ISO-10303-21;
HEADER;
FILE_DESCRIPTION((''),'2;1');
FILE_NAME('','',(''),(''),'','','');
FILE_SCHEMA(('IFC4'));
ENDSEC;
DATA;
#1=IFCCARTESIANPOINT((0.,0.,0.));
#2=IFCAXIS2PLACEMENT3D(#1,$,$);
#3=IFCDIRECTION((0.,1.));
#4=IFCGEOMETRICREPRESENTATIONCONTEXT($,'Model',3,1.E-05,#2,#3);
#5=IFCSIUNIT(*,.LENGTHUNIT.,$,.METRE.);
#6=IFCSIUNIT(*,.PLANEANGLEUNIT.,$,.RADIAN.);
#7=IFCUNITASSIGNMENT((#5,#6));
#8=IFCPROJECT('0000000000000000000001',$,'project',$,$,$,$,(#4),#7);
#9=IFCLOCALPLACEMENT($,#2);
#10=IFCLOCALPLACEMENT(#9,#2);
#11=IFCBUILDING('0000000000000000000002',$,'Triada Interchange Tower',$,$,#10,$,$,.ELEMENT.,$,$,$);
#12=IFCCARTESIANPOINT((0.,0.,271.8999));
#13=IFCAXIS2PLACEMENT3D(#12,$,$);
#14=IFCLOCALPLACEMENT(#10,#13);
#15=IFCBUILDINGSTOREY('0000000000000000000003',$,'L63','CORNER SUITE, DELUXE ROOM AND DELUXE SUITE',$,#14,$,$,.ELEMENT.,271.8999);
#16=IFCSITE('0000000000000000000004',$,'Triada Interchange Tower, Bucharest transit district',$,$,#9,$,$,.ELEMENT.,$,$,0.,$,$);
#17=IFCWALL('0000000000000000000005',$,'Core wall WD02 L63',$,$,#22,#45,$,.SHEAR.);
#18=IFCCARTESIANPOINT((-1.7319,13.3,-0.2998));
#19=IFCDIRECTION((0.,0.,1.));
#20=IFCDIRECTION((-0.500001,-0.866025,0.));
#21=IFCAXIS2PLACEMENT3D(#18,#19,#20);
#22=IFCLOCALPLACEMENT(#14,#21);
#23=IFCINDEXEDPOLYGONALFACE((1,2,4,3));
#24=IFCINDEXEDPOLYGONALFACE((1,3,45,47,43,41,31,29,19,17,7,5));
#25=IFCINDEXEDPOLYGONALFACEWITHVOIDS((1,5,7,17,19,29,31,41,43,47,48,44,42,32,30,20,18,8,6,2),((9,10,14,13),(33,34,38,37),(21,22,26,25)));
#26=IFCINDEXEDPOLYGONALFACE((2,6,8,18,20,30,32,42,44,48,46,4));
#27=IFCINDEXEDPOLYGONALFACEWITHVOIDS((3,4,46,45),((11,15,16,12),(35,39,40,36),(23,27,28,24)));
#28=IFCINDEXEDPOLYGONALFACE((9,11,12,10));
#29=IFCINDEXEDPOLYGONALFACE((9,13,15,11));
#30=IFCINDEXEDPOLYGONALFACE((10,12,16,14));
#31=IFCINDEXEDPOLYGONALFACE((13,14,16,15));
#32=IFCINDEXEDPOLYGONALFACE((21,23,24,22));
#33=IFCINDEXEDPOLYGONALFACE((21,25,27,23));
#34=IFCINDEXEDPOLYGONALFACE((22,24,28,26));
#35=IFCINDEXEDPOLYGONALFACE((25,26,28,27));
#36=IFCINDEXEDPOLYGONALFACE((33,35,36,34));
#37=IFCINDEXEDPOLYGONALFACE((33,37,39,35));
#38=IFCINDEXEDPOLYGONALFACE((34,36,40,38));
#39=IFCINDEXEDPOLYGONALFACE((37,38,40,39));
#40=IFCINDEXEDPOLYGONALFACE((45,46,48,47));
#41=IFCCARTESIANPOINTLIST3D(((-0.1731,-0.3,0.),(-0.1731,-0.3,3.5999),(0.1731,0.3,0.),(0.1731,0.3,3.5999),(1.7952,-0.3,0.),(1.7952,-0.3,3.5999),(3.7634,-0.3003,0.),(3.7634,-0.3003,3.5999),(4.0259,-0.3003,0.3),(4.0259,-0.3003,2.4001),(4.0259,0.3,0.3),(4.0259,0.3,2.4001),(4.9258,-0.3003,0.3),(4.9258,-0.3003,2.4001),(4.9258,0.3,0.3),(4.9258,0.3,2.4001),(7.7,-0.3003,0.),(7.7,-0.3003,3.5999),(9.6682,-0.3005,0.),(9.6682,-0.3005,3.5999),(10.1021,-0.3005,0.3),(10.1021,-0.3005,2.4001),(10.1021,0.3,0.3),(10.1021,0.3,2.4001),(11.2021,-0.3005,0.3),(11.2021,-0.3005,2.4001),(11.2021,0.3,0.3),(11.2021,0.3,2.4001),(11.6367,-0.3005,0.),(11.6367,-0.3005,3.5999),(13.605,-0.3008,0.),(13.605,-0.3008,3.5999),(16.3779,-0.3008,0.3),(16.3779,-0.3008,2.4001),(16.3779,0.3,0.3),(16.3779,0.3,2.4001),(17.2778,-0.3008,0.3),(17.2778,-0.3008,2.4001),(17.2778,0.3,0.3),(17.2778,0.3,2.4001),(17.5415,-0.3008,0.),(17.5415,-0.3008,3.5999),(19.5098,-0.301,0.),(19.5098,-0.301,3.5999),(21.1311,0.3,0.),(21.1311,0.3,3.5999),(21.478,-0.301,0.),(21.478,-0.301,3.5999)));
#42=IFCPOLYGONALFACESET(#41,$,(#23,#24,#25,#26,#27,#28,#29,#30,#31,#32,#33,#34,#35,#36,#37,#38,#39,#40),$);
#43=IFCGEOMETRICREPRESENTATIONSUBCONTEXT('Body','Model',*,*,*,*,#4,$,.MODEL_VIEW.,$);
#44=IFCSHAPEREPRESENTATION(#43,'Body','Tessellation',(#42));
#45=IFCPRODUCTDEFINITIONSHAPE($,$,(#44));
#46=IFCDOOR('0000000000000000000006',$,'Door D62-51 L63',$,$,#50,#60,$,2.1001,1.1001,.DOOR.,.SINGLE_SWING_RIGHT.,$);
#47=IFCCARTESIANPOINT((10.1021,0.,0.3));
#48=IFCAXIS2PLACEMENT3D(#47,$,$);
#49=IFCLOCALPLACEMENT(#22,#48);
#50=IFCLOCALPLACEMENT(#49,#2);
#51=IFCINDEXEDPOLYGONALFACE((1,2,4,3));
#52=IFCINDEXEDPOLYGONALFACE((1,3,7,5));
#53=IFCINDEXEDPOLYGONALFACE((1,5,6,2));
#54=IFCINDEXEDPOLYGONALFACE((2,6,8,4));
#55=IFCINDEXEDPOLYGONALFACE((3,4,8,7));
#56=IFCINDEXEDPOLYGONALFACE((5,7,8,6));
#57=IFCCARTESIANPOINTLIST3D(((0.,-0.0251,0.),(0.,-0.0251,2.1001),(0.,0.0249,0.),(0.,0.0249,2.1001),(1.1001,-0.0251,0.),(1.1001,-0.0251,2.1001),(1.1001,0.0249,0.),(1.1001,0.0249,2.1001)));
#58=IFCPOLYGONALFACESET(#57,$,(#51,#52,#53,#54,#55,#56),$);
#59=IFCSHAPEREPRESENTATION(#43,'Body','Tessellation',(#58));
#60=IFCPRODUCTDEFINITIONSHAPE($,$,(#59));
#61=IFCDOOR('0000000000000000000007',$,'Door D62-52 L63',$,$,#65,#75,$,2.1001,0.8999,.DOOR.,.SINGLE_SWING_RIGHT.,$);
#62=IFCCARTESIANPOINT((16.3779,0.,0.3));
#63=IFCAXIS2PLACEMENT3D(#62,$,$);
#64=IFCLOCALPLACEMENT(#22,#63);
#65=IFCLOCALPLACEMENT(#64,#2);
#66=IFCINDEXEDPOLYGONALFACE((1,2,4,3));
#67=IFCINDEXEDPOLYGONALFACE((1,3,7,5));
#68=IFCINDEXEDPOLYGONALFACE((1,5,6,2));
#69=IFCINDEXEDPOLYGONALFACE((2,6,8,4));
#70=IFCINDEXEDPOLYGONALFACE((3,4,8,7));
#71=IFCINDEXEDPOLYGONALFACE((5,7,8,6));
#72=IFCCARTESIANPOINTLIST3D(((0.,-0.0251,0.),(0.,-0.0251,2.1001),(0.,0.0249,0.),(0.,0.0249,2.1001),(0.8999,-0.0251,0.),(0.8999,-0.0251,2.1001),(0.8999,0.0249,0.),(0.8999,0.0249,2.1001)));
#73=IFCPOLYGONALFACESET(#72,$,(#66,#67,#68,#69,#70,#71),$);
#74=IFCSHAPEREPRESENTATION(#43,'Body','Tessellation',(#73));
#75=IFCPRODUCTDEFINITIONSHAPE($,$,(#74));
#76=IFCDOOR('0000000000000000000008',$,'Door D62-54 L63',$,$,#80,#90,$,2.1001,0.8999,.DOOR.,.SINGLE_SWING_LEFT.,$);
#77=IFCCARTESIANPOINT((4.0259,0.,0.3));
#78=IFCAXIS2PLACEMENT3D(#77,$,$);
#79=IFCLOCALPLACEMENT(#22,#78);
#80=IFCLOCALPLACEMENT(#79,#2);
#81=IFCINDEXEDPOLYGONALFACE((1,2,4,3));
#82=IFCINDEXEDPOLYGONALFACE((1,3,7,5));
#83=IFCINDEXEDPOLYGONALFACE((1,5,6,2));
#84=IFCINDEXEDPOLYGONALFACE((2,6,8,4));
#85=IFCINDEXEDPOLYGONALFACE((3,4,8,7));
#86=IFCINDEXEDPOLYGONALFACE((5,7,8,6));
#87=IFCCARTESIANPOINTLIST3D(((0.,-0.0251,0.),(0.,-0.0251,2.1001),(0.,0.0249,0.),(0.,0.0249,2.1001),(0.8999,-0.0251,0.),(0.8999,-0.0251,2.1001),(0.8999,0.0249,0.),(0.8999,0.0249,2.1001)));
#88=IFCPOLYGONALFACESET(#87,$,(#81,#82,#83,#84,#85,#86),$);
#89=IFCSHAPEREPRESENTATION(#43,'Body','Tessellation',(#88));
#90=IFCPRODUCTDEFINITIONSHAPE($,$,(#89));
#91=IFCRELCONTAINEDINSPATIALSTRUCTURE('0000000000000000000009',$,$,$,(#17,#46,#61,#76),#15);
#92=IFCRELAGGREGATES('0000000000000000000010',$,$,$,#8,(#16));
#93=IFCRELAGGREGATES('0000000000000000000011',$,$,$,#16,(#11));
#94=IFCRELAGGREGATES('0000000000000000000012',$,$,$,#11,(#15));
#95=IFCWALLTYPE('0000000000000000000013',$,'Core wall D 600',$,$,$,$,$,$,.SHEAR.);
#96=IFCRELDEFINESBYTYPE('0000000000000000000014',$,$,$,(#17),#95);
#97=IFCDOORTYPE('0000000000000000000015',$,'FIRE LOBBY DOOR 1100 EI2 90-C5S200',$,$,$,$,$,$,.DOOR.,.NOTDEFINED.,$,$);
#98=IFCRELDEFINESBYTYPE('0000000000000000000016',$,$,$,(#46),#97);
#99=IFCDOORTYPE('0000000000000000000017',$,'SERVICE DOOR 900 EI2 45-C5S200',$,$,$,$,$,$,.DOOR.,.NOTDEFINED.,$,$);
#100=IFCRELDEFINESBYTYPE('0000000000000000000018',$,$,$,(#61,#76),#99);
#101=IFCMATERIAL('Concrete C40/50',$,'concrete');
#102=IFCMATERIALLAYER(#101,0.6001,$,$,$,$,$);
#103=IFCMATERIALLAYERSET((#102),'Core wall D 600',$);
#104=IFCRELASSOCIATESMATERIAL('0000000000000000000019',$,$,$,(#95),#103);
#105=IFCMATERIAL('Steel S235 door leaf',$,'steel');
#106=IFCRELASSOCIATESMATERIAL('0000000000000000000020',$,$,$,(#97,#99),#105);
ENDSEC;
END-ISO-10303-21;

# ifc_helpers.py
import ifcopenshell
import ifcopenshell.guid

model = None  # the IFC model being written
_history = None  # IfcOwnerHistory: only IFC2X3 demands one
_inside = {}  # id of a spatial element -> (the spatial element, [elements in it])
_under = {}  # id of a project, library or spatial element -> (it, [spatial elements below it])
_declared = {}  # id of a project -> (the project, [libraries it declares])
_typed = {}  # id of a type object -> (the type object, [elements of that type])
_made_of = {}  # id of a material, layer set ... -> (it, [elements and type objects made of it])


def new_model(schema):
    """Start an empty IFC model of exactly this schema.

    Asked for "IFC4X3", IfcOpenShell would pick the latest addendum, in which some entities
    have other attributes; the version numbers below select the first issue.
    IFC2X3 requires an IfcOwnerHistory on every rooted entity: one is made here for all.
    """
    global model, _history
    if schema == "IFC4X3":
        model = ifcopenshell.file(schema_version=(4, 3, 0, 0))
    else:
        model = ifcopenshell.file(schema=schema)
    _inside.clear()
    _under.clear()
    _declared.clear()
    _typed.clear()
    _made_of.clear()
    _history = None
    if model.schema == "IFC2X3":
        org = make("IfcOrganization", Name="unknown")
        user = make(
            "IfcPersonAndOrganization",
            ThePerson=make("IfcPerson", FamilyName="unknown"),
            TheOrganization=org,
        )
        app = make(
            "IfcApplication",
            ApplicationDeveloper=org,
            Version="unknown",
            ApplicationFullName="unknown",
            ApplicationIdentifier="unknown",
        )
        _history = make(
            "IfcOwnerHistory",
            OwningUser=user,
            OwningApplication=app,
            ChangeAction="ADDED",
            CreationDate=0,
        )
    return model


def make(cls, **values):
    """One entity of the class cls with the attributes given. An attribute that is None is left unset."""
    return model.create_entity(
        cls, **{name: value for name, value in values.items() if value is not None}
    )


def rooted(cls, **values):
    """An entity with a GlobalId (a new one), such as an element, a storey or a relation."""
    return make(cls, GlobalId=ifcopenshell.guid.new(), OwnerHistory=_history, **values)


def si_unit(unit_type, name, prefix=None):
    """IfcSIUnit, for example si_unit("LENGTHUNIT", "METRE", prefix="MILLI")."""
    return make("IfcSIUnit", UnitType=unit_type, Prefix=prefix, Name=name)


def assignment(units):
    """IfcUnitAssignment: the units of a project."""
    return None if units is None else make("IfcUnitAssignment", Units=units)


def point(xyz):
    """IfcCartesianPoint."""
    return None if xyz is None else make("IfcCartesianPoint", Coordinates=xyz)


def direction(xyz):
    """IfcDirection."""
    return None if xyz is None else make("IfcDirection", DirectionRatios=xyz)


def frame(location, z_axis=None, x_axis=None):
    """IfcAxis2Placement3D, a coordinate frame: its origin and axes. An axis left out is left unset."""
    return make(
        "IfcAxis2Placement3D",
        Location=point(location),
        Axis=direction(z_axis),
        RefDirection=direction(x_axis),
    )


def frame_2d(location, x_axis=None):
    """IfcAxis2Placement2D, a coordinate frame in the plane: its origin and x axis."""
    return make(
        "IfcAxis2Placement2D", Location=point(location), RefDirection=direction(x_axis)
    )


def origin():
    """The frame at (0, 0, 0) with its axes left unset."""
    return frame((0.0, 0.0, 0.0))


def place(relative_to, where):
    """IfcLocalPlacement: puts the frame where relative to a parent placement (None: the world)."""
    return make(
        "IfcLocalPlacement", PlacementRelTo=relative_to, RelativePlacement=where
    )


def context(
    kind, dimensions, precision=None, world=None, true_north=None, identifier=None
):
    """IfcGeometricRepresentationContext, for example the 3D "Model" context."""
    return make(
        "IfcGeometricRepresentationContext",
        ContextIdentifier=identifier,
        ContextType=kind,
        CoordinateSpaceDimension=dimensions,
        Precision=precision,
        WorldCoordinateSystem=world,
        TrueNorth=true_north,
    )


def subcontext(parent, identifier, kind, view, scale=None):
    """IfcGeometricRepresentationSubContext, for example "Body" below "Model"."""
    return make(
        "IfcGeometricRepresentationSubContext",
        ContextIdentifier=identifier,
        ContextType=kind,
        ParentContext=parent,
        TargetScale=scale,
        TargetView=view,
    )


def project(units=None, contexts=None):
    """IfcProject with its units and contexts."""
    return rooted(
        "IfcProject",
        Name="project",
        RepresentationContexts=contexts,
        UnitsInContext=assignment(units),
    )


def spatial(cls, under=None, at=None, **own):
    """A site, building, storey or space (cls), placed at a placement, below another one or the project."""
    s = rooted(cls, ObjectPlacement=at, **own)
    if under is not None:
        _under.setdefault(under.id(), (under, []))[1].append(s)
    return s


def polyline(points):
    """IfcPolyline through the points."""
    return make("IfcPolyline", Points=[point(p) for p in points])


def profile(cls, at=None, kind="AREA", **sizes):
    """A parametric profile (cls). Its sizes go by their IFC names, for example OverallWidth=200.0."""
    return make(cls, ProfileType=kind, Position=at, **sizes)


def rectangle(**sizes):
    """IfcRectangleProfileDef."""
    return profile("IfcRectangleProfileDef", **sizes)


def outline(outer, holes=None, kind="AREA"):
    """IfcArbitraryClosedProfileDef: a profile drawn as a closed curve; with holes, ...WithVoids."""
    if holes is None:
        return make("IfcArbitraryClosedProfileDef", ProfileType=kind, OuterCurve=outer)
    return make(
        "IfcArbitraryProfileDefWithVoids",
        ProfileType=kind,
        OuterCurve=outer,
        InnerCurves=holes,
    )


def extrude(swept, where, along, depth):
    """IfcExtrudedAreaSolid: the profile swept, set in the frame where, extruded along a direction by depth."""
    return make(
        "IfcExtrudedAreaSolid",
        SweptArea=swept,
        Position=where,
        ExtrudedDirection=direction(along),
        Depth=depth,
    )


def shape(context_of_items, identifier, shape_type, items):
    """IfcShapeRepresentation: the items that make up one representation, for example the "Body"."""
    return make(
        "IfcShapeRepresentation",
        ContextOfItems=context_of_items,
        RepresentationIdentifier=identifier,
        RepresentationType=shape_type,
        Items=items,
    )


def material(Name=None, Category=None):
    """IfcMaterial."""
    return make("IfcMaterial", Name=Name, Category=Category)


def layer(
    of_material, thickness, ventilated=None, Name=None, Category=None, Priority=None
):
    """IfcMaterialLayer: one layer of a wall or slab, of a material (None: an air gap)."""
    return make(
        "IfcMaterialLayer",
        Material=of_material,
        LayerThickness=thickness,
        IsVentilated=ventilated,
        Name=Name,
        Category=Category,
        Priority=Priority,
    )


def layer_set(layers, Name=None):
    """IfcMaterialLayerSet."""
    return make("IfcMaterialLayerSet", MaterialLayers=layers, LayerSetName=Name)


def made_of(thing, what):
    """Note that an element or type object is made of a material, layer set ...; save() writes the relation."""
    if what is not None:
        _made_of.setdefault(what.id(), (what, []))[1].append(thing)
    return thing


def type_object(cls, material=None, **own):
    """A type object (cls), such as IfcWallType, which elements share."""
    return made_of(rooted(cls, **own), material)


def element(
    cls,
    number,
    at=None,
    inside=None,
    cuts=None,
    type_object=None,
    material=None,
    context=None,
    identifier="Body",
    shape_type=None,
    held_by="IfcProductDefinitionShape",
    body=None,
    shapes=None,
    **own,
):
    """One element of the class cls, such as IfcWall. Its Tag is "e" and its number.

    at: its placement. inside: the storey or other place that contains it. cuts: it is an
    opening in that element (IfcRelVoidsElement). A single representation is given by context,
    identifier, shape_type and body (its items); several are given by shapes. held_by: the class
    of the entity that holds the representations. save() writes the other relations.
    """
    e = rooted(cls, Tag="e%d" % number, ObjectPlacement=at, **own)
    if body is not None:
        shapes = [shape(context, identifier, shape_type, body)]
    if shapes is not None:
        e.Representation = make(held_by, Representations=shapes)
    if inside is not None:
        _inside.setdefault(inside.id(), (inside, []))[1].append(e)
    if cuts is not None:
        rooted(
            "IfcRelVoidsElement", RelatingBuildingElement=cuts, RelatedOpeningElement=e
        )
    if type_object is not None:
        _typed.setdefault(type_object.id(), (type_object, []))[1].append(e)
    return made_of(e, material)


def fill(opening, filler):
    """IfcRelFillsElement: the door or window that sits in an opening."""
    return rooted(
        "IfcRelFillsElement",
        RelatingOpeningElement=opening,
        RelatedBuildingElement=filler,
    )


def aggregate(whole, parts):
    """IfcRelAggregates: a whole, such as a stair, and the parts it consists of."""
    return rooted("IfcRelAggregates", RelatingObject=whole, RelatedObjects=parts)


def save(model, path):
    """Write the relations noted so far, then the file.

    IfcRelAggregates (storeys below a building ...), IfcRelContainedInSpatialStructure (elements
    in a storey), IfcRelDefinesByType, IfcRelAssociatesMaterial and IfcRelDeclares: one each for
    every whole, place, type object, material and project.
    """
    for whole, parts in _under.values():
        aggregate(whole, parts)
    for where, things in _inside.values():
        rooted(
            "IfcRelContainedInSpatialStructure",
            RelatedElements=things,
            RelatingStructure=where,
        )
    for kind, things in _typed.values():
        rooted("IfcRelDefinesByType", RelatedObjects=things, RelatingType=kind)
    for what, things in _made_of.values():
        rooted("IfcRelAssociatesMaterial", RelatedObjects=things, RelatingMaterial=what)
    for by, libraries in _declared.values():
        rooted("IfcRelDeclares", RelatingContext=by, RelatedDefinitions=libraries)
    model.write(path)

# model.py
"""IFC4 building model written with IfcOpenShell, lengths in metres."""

from ifc_helpers import new_model, si_unit, direction, frame, frame_2d, origin, place, context, subcontext, project, spatial, polyline, rectangle, outline, extrude, material, layer, layer_set, type_object, element, fill, save


model = new_model("IFC4")

# Units and contexts
model_context = context("Model", 3, precision=1e-05, world=origin(), true_north=direction((0.0, 1.0)))
body_context = subcontext(model_context, "Body", "Model", "MODEL_VIEW")
ifc_project = project(units=[si_unit("LENGTHUNIT", "METRE"), si_unit("PLANEANGLEUNIT", "RADIAN")], contexts=[model_context])

# Site, building, storey
site_placement = place(None, origin())
site = spatial("IfcSite", under=ifc_project, at=site_placement, Name="Triada Interchange Tower, Bucharest transit district", CompositionType="ELEMENT", RefElevation=0.0)
building_placement = place(site_placement, origin())
building = spatial("IfcBuilding", under=site, at=building_placement, Name="Triada Interchange Tower", CompositionType="ELEMENT")
storey_placement = place(building_placement, frame((0.0, 0.0, 271.8999)))
storey = spatial("IfcBuildingStorey", under=building, at=storey_placement, Name="L63", Description="CORNER SUITE, DELUXE ROOM AND DELUXE SUITE", CompositionType="ELEMENT", Elevation=271.8999)

# Shared definitions
ifc_material_1 = material(Name="Concrete C40/50", Category="concrete")

# Wall, openings, doors
ifc_layer_1 = layer(ifc_material_1, 0.6001)
ifc_layer_set_1 = layer_set([ifc_layer_1], Name="Core wall D 600")
wall_type_1 = type_object("IfcWallType", Name="Core wall D 600", PredefinedType="SHEAR", material=ifc_layer_set_1)
wall_1_placement = place(storey_placement, frame((-1.7319, 13.3, -0.2998), z_axis=(0.0, 0.0, 1.0), x_axis=(-0.500001, -0.866025, 0.0)))
wall_1 = element("IfcWall", 1, at=wall_1_placement, inside=storey, type_object=wall_type_1, Name="Core wall WD02 L63", PredefinedType="SHEAR", context=body_context, shape_type="SweptSolid", body=[
    extrude(outline(polyline([(-0.1731, -0.3), (1.7952, -0.3), (3.7634, -0.3003), (5.7317, -0.3003), (7.7, -0.3003), (9.6682, -0.3005), (11.6367, -0.3005), (13.605, -0.3008), (15.5732, -0.3008), (17.5415, -0.3008), (19.5098, -0.301), (21.478, -0.301), (21.1311, 0.3), (19.2258, 0.3), (17.3206, 0.3), (15.4153, 0.3), (13.51, 0.3), (11.6047, 0.3), (9.6995, 0.3), (7.7942, 0.3), (5.8889, 0.3), (3.9836, 0.3), (2.0784, 0.3), (0.1731, 0.3), (-0.1731, -0.3)])), origin(), (0.0, 0.0, 1.0), 3.5999),
])
opening_1_placement = place(wall_1_placement, frame((10.1021, 0.0, 0.3)))
opening_1 = element("IfcOpeningElement", 2, at=opening_1_placement, cuts=wall_1, PredefinedType="OPENING", context=body_context, shape_type="SweptSolid", body=[
    extrude(rectangle(XDim=1.1001, YDim=2.1001, at=frame_2d((0.55, 1.05))), frame((0.0, 0.3101, 0.0), z_axis=(0.0, -1.0, 0.0), x_axis=(1.0, 0.0, 0.0)), (0.0, 0.0, 1.0), 0.6211),
])
opening_2_placement = place(wall_1_placement, frame((16.3779, 0.0, 0.3)))
opening_2 = element("IfcOpeningElement", 3, at=opening_2_placement, cuts=wall_1, PredefinedType="OPENING", context=body_context, shape_type="SweptSolid", body=[
    extrude(rectangle(XDim=0.8999, YDim=2.1001, at=frame_2d((0.45, 1.05))), frame((0.0, 0.3101, 0.0), z_axis=(0.0, -1.0, 0.0), x_axis=(1.0, 0.0, 0.0)), (0.0, 0.0, 1.0), 0.6211),
])
opening_3_placement = place(wall_1_placement, frame((4.0259, 0.0, 0.3)))
opening_3 = element("IfcOpeningElement", 4, at=opening_3_placement, cuts=wall_1, PredefinedType="OPENING", context=body_context, shape_type="SweptSolid", body=[
    extrude(rectangle(XDim=0.8999, YDim=2.1001, at=frame_2d((0.45, 1.05))), frame((0.0, 0.3101, 0.0), z_axis=(0.0, -1.0, 0.0), x_axis=(1.0, 0.0, 0.0)), (0.0, 0.0, 1.0), 0.6211),
])
ifc_material_2 = material(Name="Steel S235 door leaf", Category="steel")
door_type_1 = type_object("IfcDoorType", Name="FIRE LOBBY DOOR 1100 EI2 90-C5S200", OperationType="NOTDEFINED", PredefinedType="DOOR", material=ifc_material_2)
door_1_placement = place(opening_1_placement, origin())
door_1 = element("IfcDoor", 5, at=door_1_placement, inside=storey, type_object=door_type_1, Name="Door D62-51 L63", OperationType="SINGLE_SWING_RIGHT", OverallHeight=2.1001, OverallWidth=1.1001, PredefinedType="DOOR", context=body_context, shape_type="SweptSolid", body=[
    extrude(rectangle(XDim=1.1001, YDim=2.1001, at=frame_2d((0.55, 1.05))), frame((0.0, 0.0249, 0.0), z_axis=(0.0, -1.0, 0.0), x_axis=(1.0, 0.0, 0.0)), (0.0, 0.0, 1.0), 0.05),
])
fill(opening_1, door_1)
door_type_2 = type_object("IfcDoorType", Name="SERVICE DOOR 900 EI2 45-C5S200", OperationType="NOTDEFINED", PredefinedType="DOOR", material=ifc_material_2)
door_2_placement = place(opening_2_placement, origin())
door_2 = element("IfcDoor", 6, at=door_2_placement, inside=storey, type_object=door_type_2, Name="Door D62-52 L63", OperationType="SINGLE_SWING_RIGHT", OverallHeight=2.1001, OverallWidth=0.8999, PredefinedType="DOOR", context=body_context, shape_type="SweptSolid", body=[
    extrude(rectangle(XDim=0.8999, YDim=2.1001, at=frame_2d((0.45, 1.05))), frame((0.0, 0.0249, 0.0), z_axis=(0.0, -1.0, 0.0), x_axis=(1.0, 0.0, 0.0)), (0.0, 0.0, 1.0), 0.05),
])
fill(opening_2, door_2)
door_3_placement = place(opening_3_placement, origin())
door_3 = element("IfcDoor", 7, at=door_3_placement, inside=storey, type_object=door_type_2, Name="Door D62-54 L63", OperationType="SINGLE_SWING_LEFT", OverallHeight=2.1001, OverallWidth=0.8999, PredefinedType="DOOR", context=body_context, shape_type="SweptSolid", body=[
    extrude(rectangle(XDim=0.8999, YDim=2.1001, at=frame_2d((0.45, 1.05))), frame((0.0, 0.0249, 0.0), z_axis=(0.0, -1.0, 0.0), x_axis=(1.0, 0.0, 0.0)), (0.0, 0.0, 1.0), 0.05),
])
fill(opening_3, door_3)

save(model, "model.ifc")
